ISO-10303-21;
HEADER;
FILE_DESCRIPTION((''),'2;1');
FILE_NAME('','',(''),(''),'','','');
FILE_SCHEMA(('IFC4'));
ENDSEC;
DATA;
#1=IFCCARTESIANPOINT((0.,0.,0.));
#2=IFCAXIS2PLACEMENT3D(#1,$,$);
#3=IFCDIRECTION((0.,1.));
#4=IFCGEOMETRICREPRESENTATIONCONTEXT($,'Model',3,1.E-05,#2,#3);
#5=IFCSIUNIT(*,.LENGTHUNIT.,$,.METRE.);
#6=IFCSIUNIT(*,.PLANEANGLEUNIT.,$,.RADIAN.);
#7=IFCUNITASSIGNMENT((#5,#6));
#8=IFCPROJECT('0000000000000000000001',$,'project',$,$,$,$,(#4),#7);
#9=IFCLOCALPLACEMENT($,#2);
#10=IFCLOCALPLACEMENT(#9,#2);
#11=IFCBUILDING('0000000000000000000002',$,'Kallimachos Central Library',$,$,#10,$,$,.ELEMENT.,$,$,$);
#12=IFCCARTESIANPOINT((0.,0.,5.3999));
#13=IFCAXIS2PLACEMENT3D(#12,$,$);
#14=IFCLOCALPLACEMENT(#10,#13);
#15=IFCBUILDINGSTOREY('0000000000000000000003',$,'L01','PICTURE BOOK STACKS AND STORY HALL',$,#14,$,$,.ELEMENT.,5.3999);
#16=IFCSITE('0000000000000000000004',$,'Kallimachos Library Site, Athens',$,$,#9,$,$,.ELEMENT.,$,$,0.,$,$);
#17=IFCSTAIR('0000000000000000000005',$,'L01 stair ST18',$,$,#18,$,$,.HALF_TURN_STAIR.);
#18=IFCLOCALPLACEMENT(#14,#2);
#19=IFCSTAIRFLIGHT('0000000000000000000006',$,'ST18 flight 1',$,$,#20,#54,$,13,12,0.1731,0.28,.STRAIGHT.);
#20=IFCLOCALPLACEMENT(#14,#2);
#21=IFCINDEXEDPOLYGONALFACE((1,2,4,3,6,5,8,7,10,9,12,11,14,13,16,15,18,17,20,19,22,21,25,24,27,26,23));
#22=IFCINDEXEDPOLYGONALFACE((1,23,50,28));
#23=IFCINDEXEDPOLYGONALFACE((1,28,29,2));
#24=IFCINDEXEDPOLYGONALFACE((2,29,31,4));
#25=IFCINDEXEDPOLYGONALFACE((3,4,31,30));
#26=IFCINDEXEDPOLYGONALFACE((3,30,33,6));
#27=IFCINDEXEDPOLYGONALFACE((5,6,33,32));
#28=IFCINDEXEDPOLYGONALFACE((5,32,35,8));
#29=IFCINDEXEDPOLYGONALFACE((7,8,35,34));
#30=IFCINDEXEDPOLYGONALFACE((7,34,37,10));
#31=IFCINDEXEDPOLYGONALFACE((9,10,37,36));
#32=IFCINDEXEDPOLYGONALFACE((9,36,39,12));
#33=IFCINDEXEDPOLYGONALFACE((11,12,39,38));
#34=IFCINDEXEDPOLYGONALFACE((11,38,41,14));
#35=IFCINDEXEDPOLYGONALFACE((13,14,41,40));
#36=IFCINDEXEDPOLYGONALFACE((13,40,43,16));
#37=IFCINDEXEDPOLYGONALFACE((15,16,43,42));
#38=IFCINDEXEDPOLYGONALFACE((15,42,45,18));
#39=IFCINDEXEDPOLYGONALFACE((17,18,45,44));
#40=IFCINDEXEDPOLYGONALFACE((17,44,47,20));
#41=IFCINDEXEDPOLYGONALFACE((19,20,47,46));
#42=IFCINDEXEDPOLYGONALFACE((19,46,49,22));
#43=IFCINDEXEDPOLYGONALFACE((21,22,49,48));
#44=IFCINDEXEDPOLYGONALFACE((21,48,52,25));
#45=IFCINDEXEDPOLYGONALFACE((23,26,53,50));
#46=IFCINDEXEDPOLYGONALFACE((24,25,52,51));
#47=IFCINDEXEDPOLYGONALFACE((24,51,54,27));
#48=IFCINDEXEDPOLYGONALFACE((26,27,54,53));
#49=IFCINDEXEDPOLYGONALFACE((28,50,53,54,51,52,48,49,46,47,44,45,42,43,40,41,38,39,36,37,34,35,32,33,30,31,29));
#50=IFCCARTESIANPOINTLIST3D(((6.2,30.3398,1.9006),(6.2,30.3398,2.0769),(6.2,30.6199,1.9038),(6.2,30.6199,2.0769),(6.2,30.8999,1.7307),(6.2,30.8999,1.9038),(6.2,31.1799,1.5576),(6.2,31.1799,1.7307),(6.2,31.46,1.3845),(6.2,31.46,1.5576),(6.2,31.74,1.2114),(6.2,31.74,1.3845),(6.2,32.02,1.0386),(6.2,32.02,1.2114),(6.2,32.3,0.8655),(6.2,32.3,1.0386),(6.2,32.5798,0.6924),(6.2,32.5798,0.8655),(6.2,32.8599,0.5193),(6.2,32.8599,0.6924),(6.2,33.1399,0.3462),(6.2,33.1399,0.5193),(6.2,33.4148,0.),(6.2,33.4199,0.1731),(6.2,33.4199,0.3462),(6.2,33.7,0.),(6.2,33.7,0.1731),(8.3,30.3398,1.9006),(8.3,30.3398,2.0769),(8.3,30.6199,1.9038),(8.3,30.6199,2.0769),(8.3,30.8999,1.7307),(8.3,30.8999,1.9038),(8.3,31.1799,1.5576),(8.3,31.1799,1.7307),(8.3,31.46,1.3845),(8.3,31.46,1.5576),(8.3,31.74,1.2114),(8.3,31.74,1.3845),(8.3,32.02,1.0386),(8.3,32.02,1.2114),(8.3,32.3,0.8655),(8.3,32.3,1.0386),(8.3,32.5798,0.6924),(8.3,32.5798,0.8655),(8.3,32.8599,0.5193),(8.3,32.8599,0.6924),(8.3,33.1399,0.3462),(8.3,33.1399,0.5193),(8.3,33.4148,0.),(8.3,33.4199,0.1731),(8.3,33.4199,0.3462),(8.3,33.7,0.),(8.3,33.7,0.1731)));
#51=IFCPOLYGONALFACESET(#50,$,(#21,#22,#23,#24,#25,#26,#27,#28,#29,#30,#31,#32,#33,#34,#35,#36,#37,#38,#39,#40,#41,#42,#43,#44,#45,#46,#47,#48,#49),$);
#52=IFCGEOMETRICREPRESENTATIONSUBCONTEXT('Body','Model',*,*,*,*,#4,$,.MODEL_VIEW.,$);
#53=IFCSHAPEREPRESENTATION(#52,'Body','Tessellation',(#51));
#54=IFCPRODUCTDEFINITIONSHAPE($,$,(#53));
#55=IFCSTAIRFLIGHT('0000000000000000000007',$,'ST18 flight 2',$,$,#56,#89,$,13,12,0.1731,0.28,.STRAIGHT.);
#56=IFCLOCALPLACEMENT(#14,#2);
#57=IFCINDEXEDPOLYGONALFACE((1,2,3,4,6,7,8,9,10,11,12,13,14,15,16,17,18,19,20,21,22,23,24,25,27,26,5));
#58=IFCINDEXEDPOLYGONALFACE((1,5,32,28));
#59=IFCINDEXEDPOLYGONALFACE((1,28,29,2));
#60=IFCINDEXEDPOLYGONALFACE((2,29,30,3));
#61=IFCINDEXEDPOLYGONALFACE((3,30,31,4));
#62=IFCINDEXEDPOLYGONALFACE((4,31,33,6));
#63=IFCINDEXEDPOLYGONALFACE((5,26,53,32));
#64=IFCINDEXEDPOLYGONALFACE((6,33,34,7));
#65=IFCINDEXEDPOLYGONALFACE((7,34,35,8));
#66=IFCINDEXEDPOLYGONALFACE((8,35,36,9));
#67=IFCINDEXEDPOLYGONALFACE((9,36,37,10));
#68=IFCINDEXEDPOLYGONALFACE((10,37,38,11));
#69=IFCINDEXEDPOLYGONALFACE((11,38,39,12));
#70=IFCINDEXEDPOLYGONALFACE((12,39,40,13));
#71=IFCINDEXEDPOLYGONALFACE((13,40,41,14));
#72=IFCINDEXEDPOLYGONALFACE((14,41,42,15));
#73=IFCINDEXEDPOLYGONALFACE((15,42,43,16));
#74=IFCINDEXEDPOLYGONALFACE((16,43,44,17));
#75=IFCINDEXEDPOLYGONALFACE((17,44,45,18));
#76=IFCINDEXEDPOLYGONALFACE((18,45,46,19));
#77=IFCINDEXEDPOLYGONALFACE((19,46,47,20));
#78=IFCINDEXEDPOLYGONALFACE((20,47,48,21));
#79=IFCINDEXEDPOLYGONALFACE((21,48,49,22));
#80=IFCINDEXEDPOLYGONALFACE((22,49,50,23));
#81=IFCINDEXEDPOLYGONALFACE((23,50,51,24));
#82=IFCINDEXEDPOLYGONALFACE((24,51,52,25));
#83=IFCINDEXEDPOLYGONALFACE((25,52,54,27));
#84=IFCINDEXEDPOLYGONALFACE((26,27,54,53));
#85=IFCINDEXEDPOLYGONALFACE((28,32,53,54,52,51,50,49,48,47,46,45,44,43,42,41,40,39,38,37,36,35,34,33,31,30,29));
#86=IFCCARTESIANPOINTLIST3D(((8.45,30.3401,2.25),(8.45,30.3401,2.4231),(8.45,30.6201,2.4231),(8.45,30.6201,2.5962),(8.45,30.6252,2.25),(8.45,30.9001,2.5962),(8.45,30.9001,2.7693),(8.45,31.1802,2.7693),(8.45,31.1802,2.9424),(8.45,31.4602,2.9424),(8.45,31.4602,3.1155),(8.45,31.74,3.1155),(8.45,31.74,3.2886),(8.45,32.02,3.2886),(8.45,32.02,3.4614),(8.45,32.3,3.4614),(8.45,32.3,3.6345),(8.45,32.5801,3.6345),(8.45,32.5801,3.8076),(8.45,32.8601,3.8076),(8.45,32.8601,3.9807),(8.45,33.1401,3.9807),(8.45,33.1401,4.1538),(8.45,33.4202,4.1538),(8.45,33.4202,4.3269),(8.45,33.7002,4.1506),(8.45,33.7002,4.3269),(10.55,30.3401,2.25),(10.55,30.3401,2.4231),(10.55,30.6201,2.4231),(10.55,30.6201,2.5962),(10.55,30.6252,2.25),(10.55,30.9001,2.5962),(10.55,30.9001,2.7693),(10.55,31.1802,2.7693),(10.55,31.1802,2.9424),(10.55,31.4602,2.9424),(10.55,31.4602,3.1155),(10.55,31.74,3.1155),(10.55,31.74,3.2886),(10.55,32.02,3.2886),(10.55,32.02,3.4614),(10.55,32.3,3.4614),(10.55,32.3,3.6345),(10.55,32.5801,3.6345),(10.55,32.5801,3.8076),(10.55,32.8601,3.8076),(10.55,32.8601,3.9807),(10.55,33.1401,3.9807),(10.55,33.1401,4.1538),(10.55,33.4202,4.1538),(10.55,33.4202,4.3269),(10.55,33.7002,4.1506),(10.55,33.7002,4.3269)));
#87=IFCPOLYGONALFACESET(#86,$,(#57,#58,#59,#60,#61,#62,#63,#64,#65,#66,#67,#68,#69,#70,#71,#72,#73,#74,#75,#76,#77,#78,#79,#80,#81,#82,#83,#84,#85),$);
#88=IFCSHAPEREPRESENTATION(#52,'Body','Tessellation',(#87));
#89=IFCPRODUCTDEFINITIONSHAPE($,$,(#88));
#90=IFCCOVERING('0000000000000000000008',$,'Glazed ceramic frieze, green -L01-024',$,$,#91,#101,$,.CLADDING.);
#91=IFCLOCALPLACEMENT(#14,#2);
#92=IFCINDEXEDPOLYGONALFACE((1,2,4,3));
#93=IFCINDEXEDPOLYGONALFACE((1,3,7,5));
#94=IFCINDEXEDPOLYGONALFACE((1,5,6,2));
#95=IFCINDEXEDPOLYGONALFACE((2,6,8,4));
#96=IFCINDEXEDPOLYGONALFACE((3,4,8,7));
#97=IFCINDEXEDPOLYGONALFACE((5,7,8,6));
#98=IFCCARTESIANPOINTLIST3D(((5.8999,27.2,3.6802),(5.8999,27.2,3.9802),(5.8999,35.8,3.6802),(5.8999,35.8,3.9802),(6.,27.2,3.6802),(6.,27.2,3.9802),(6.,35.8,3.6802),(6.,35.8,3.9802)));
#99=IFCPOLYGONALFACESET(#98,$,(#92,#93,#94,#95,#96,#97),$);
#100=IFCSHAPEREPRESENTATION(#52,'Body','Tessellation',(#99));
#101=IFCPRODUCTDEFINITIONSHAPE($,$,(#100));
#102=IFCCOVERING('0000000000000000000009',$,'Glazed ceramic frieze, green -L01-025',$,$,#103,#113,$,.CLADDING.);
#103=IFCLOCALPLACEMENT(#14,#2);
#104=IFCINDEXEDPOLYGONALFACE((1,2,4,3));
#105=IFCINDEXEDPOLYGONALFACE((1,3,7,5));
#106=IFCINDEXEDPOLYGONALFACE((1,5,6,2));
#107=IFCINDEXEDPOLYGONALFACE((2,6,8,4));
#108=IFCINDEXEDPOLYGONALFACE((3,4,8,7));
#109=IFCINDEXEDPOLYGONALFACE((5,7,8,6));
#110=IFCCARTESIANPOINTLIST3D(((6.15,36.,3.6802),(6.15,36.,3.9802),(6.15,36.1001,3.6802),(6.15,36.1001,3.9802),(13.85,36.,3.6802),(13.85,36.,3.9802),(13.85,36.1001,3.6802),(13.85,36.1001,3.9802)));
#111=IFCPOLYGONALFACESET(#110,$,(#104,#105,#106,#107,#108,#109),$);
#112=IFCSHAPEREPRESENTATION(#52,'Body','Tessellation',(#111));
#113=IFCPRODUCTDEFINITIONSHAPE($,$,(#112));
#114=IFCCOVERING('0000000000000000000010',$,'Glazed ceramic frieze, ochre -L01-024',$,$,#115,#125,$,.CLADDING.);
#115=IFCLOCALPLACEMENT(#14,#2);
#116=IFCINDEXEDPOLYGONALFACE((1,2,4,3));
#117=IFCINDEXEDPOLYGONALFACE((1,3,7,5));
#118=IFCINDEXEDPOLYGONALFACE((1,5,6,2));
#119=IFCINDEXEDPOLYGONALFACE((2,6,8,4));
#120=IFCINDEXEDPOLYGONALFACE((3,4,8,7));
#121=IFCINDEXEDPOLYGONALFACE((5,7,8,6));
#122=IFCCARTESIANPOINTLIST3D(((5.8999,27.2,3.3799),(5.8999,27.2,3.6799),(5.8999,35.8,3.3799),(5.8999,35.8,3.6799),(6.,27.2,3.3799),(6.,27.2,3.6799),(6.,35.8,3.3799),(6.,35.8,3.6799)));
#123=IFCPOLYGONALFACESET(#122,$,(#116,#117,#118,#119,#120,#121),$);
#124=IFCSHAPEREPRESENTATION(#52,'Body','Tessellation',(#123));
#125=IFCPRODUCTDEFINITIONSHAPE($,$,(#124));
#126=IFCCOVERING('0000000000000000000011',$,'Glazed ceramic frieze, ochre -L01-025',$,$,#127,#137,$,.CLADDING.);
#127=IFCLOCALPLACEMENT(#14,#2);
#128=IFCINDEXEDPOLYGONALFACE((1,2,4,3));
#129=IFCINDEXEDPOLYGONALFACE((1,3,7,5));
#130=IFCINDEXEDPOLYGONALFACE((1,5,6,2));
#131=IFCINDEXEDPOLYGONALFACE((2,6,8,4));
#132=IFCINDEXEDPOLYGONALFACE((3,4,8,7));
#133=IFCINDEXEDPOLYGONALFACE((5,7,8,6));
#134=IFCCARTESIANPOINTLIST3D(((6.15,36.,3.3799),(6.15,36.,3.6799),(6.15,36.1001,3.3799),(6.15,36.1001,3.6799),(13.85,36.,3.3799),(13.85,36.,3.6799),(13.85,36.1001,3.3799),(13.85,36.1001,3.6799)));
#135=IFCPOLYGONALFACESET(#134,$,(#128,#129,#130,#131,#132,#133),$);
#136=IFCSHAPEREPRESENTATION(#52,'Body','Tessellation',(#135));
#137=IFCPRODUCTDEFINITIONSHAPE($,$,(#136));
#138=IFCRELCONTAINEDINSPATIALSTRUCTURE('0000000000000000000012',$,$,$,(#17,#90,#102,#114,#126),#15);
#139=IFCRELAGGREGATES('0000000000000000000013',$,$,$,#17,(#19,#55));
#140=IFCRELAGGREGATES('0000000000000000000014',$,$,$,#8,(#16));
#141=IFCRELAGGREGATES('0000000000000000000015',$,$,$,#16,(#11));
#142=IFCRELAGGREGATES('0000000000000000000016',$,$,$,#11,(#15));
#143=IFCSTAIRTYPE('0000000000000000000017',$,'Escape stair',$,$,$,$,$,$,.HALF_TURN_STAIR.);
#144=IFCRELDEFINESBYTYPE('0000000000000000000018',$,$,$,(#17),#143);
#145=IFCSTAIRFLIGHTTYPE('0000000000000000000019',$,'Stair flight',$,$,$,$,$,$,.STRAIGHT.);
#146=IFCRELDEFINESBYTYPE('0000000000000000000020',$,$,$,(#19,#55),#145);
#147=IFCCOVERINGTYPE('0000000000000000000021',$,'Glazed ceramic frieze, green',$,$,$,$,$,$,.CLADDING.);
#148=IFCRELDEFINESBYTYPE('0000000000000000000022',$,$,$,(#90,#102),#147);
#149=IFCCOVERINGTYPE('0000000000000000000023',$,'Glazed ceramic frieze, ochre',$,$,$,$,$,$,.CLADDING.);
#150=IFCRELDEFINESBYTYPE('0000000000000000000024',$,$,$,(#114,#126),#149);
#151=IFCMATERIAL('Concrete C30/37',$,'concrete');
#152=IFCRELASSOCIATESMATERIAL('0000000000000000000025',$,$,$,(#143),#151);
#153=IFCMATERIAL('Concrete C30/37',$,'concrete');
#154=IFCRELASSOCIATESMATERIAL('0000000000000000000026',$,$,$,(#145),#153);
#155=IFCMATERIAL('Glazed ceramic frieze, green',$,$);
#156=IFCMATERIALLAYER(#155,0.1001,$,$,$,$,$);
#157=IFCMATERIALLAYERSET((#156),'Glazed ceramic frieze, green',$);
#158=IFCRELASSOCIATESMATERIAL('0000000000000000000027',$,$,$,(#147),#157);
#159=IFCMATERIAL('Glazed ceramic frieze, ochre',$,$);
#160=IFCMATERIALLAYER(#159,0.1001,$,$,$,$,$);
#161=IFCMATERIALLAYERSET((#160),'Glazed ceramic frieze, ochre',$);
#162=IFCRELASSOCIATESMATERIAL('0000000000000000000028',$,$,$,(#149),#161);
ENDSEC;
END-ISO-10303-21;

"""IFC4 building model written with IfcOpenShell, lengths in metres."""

from ifc_helpers import new_model, si_unit, direction, frame, origin, origin_2d, place, context, subcontext, project, spatial, polyline, rectangle, outline, extrude, material, layer, layer_set, type_object, element, aggregate, save


model = new_model("IFC4")

# Units and contexts
model_context = context("Model", 3, precision=1e-05, world=origin(), true_north=direction((0.0, 1.0)))
body_context = subcontext(model_context, "Body", "Model", "MODEL_VIEW")
ifc_project = project(units=[si_unit("LENGTHUNIT", "METRE"), si_unit("PLANEANGLEUNIT", "RADIAN")], contexts=[model_context])

# Site, building, storey
site_placement = place(None, origin())
site = spatial("IfcSite", under=ifc_project, at=site_placement, Name="Kallimachos Library Site, Athens", CompositionType="ELEMENT", RefElevation=0.0)
building_placement = place(site_placement, origin())
building = spatial("IfcBuilding", under=site, at=building_placement, Name="Kallimachos Central Library", CompositionType="ELEMENT")
storey_placement = place(building_placement, frame((0.0, 0.0, 5.3999)))
storey = spatial("IfcBuildingStorey", under=building, at=storey_placement, Name="L01", Description="PICTURE BOOK STACKS AND STORY HALL", CompositionType="ELEMENT", Elevation=5.3999)

# Stair, stair flights
ifc_material_1 = material(Name="Concrete C30/37", Category="concrete")
stair_type = type_object("IfcStairType", Name="Escape stair", PredefinedType="HALF_TURN_STAIR", material=ifc_material_1)
stair_placement = place(storey_placement, origin())
stair = element("IfcStair", 1, at=stair_placement, inside=storey, type_object=stair_type, Name="L01 stair ST18", PredefinedType="HALF_TURN_STAIR")
ifc_material_2 = material(Name="Concrete C30/37", Category="concrete")
stair_flight_type = type_object("IfcStairFlightType", Name="Stair flight", PredefinedType="STRAIGHT", material=ifc_material_2)
stair_flight_1_placement = place(storey_placement, frame((7.25, 33.7, 0.0), z_axis=(0.0, 0.0, 1.0), x_axis=(0.0, -1.0, 0.0)))
stair_flight_1 = element("IfcStairFlight", 2, at=stair_flight_1_placement, type_object=stair_flight_type, Name="ST18 flight 1", NumberOfRisers=13, NumberOfTreads=12, PredefinedType="STRAIGHT", RiserHeight=0.1731, TreadLength=0.28, context=body_context, shape_type="SweptSolid", body=[
    extrude(outline(polyline([(0.0, 0.0), (0.0, 0.1731), (0.28, 0.1731), (0.28, 0.3462), (0.5601, 0.3462), (0.5601, 0.5193), (0.8401, 0.5193), (0.8401, 0.6924), (1.1201, 0.6924), (1.1201, 0.8655), (1.3999, 0.8655), (1.3999, 1.0386), (1.6799, 1.0386), (1.6799, 1.2114), (1.96, 1.2114), (1.96, 1.3845), (2.24, 1.3845), (2.24, 1.5576), (2.52, 1.5576), (2.52, 1.7307), (2.8, 1.7307), (2.8, 1.9038), (3.0801, 1.9038), (3.0801, 2.0769), (3.3601, 2.0769), (3.3601, 2.25), (3.3601, 1.9006), (0.2852, 0.0), (0.0, 0.0)])), frame((0.0, 1.05, 0.0), z_axis=(0.0, -1.0, 0.0), x_axis=(1.0, 0.0, 0.0)), (0.0, 0.0, 1.0), 2.1001),
])
stair_flight_2_placement = place(storey_placement, frame((9.5, 30.3401, 2.25), z_axis=(0.0, 0.0, 1.0), x_axis=(0.0, 1.0, 0.0)))
stair_flight_2 = element("IfcStairFlight", 3, at=stair_flight_2_placement, type_object=stair_flight_type, Name="ST18 flight 2", NumberOfRisers=13, NumberOfTreads=12, PredefinedType="STRAIGHT", RiserHeight=0.1731, TreadLength=0.28, context=body_context, shape_type="SweptSolid", body=[
    extrude(outline(polyline([(0.0, 0.0), (0.0, 0.1731), (0.28, 0.1731), (0.28, 0.3462), (0.5601, 0.3462), (0.5601, 0.5193), (0.8401, 0.5193), (0.8401, 0.6924), (1.1201, 0.6924), (1.1201, 0.8655), (1.3999, 0.8655), (1.3999, 1.0386), (1.6799, 1.0386), (1.6799, 1.2114), (1.96, 1.2114), (1.96, 1.3845), (2.24, 1.3845), (2.24, 1.5576), (2.52, 1.5576), (2.52, 1.7307), (2.8, 1.7307), (2.8, 1.9038), (3.0801, 1.9038), (3.0801, 2.0769), (3.3601, 2.0769), (3.3601, 2.25), (3.3601, 1.9006), (0.2852, 0.0), (0.0, 0.0)])), frame((0.0, 1.05, 0.0), z_axis=(0.0, -1.0, 0.0), x_axis=(1.0, 0.0, 0.0)), (0.0, 0.0, 1.0), 2.1001),
])
aggregate(stair, [stair_flight_1, stair_flight_2])

# Coverings
ifc_material_3 = material(Name="Glazed ceramic frieze, green")
ifc_layer_1 = layer(ifc_material_3, 0.1001)
ifc_layer_set_1 = layer_set([ifc_layer_1], Name="Glazed ceramic frieze, green")
covering_type_1 = type_object("IfcCoveringType", Name="Glazed ceramic frieze, green", PredefinedType="CLADDING", material=ifc_layer_set_1)
covering_1_placement = place(storey_placement, frame((5.95, 31.5, 3.6802), z_axis=(0.0, 0.0, 1.0), x_axis=(1.0, 0.0, 0.0)))
element("IfcCovering", 4, at=covering_1_placement, inside=storey, type_object=covering_type_1, Name="Glazed ceramic frieze, green -L01-024", PredefinedType="CLADDING", context=body_context, shape_type="SweptSolid", body=[
    extrude(rectangle(XDim=0.1001, YDim=8.6001, at=origin_2d()), origin(), (0.0, 0.0, 1.0), 0.3),
])
covering_2_placement = place(storey_placement, frame((10.0, 36.05, 3.6802), z_axis=(0.0, 0.0, 1.0), x_axis=(1.0, 0.0, 0.0)))
element("IfcCovering", 5, at=covering_2_placement, inside=storey, type_object=covering_type_1, Name="Glazed ceramic frieze, green -L01-025", PredefinedType="CLADDING", context=body_context, shape_type="SweptSolid", body=[
    extrude(rectangle(XDim=7.7, YDim=0.1001, at=origin_2d()), origin(), (0.0, 0.0, 1.0), 0.3),
])
ifc_material_4 = material(Name="Glazed ceramic frieze, ochre")
ifc_layer_2 = layer(ifc_material_4, 0.1001)
ifc_layer_set_2 = layer_set([ifc_layer_2], Name="Glazed ceramic frieze, ochre")
covering_type_2 = type_object("IfcCoveringType", Name="Glazed ceramic frieze, ochre", PredefinedType="CLADDING", material=ifc_layer_set_2)
covering_3_placement = place(storey_placement, frame((5.95, 31.5, 3.3799), z_axis=(0.0, 0.0, 1.0), x_axis=(1.0, 0.0, 0.0)))
element("IfcCovering", 6, at=covering_3_placement, inside=storey, type_object=covering_type_2, Name="Glazed ceramic frieze, ochre -L01-024", PredefinedType="CLADDING", context=body_context, shape_type="SweptSolid", body=[
    extrude(rectangle(XDim=0.1001, YDim=8.6001, at=origin_2d()), origin(), (0.0, 0.0, 1.0), 0.3),
])
covering_4_placement = place(storey_placement, frame((10.0, 36.05, 3.3799), z_axis=(0.0, 0.0, 1.0), x_axis=(1.0, 0.0, 0.0)))
element("IfcCovering", 7, at=covering_4_placement, inside=storey, type_object=covering_type_2, Name="Glazed ceramic frieze, ochre -L01-025", PredefinedType="CLADDING", context=body_context, shape_type="SweptSolid", body=[
    extrude(rectangle(XDim=7.7, YDim=0.1001, at=origin_2d()), origin(), (0.0, 0.0, 1.0), 0.3),
])

save(model, "model.ifc")
